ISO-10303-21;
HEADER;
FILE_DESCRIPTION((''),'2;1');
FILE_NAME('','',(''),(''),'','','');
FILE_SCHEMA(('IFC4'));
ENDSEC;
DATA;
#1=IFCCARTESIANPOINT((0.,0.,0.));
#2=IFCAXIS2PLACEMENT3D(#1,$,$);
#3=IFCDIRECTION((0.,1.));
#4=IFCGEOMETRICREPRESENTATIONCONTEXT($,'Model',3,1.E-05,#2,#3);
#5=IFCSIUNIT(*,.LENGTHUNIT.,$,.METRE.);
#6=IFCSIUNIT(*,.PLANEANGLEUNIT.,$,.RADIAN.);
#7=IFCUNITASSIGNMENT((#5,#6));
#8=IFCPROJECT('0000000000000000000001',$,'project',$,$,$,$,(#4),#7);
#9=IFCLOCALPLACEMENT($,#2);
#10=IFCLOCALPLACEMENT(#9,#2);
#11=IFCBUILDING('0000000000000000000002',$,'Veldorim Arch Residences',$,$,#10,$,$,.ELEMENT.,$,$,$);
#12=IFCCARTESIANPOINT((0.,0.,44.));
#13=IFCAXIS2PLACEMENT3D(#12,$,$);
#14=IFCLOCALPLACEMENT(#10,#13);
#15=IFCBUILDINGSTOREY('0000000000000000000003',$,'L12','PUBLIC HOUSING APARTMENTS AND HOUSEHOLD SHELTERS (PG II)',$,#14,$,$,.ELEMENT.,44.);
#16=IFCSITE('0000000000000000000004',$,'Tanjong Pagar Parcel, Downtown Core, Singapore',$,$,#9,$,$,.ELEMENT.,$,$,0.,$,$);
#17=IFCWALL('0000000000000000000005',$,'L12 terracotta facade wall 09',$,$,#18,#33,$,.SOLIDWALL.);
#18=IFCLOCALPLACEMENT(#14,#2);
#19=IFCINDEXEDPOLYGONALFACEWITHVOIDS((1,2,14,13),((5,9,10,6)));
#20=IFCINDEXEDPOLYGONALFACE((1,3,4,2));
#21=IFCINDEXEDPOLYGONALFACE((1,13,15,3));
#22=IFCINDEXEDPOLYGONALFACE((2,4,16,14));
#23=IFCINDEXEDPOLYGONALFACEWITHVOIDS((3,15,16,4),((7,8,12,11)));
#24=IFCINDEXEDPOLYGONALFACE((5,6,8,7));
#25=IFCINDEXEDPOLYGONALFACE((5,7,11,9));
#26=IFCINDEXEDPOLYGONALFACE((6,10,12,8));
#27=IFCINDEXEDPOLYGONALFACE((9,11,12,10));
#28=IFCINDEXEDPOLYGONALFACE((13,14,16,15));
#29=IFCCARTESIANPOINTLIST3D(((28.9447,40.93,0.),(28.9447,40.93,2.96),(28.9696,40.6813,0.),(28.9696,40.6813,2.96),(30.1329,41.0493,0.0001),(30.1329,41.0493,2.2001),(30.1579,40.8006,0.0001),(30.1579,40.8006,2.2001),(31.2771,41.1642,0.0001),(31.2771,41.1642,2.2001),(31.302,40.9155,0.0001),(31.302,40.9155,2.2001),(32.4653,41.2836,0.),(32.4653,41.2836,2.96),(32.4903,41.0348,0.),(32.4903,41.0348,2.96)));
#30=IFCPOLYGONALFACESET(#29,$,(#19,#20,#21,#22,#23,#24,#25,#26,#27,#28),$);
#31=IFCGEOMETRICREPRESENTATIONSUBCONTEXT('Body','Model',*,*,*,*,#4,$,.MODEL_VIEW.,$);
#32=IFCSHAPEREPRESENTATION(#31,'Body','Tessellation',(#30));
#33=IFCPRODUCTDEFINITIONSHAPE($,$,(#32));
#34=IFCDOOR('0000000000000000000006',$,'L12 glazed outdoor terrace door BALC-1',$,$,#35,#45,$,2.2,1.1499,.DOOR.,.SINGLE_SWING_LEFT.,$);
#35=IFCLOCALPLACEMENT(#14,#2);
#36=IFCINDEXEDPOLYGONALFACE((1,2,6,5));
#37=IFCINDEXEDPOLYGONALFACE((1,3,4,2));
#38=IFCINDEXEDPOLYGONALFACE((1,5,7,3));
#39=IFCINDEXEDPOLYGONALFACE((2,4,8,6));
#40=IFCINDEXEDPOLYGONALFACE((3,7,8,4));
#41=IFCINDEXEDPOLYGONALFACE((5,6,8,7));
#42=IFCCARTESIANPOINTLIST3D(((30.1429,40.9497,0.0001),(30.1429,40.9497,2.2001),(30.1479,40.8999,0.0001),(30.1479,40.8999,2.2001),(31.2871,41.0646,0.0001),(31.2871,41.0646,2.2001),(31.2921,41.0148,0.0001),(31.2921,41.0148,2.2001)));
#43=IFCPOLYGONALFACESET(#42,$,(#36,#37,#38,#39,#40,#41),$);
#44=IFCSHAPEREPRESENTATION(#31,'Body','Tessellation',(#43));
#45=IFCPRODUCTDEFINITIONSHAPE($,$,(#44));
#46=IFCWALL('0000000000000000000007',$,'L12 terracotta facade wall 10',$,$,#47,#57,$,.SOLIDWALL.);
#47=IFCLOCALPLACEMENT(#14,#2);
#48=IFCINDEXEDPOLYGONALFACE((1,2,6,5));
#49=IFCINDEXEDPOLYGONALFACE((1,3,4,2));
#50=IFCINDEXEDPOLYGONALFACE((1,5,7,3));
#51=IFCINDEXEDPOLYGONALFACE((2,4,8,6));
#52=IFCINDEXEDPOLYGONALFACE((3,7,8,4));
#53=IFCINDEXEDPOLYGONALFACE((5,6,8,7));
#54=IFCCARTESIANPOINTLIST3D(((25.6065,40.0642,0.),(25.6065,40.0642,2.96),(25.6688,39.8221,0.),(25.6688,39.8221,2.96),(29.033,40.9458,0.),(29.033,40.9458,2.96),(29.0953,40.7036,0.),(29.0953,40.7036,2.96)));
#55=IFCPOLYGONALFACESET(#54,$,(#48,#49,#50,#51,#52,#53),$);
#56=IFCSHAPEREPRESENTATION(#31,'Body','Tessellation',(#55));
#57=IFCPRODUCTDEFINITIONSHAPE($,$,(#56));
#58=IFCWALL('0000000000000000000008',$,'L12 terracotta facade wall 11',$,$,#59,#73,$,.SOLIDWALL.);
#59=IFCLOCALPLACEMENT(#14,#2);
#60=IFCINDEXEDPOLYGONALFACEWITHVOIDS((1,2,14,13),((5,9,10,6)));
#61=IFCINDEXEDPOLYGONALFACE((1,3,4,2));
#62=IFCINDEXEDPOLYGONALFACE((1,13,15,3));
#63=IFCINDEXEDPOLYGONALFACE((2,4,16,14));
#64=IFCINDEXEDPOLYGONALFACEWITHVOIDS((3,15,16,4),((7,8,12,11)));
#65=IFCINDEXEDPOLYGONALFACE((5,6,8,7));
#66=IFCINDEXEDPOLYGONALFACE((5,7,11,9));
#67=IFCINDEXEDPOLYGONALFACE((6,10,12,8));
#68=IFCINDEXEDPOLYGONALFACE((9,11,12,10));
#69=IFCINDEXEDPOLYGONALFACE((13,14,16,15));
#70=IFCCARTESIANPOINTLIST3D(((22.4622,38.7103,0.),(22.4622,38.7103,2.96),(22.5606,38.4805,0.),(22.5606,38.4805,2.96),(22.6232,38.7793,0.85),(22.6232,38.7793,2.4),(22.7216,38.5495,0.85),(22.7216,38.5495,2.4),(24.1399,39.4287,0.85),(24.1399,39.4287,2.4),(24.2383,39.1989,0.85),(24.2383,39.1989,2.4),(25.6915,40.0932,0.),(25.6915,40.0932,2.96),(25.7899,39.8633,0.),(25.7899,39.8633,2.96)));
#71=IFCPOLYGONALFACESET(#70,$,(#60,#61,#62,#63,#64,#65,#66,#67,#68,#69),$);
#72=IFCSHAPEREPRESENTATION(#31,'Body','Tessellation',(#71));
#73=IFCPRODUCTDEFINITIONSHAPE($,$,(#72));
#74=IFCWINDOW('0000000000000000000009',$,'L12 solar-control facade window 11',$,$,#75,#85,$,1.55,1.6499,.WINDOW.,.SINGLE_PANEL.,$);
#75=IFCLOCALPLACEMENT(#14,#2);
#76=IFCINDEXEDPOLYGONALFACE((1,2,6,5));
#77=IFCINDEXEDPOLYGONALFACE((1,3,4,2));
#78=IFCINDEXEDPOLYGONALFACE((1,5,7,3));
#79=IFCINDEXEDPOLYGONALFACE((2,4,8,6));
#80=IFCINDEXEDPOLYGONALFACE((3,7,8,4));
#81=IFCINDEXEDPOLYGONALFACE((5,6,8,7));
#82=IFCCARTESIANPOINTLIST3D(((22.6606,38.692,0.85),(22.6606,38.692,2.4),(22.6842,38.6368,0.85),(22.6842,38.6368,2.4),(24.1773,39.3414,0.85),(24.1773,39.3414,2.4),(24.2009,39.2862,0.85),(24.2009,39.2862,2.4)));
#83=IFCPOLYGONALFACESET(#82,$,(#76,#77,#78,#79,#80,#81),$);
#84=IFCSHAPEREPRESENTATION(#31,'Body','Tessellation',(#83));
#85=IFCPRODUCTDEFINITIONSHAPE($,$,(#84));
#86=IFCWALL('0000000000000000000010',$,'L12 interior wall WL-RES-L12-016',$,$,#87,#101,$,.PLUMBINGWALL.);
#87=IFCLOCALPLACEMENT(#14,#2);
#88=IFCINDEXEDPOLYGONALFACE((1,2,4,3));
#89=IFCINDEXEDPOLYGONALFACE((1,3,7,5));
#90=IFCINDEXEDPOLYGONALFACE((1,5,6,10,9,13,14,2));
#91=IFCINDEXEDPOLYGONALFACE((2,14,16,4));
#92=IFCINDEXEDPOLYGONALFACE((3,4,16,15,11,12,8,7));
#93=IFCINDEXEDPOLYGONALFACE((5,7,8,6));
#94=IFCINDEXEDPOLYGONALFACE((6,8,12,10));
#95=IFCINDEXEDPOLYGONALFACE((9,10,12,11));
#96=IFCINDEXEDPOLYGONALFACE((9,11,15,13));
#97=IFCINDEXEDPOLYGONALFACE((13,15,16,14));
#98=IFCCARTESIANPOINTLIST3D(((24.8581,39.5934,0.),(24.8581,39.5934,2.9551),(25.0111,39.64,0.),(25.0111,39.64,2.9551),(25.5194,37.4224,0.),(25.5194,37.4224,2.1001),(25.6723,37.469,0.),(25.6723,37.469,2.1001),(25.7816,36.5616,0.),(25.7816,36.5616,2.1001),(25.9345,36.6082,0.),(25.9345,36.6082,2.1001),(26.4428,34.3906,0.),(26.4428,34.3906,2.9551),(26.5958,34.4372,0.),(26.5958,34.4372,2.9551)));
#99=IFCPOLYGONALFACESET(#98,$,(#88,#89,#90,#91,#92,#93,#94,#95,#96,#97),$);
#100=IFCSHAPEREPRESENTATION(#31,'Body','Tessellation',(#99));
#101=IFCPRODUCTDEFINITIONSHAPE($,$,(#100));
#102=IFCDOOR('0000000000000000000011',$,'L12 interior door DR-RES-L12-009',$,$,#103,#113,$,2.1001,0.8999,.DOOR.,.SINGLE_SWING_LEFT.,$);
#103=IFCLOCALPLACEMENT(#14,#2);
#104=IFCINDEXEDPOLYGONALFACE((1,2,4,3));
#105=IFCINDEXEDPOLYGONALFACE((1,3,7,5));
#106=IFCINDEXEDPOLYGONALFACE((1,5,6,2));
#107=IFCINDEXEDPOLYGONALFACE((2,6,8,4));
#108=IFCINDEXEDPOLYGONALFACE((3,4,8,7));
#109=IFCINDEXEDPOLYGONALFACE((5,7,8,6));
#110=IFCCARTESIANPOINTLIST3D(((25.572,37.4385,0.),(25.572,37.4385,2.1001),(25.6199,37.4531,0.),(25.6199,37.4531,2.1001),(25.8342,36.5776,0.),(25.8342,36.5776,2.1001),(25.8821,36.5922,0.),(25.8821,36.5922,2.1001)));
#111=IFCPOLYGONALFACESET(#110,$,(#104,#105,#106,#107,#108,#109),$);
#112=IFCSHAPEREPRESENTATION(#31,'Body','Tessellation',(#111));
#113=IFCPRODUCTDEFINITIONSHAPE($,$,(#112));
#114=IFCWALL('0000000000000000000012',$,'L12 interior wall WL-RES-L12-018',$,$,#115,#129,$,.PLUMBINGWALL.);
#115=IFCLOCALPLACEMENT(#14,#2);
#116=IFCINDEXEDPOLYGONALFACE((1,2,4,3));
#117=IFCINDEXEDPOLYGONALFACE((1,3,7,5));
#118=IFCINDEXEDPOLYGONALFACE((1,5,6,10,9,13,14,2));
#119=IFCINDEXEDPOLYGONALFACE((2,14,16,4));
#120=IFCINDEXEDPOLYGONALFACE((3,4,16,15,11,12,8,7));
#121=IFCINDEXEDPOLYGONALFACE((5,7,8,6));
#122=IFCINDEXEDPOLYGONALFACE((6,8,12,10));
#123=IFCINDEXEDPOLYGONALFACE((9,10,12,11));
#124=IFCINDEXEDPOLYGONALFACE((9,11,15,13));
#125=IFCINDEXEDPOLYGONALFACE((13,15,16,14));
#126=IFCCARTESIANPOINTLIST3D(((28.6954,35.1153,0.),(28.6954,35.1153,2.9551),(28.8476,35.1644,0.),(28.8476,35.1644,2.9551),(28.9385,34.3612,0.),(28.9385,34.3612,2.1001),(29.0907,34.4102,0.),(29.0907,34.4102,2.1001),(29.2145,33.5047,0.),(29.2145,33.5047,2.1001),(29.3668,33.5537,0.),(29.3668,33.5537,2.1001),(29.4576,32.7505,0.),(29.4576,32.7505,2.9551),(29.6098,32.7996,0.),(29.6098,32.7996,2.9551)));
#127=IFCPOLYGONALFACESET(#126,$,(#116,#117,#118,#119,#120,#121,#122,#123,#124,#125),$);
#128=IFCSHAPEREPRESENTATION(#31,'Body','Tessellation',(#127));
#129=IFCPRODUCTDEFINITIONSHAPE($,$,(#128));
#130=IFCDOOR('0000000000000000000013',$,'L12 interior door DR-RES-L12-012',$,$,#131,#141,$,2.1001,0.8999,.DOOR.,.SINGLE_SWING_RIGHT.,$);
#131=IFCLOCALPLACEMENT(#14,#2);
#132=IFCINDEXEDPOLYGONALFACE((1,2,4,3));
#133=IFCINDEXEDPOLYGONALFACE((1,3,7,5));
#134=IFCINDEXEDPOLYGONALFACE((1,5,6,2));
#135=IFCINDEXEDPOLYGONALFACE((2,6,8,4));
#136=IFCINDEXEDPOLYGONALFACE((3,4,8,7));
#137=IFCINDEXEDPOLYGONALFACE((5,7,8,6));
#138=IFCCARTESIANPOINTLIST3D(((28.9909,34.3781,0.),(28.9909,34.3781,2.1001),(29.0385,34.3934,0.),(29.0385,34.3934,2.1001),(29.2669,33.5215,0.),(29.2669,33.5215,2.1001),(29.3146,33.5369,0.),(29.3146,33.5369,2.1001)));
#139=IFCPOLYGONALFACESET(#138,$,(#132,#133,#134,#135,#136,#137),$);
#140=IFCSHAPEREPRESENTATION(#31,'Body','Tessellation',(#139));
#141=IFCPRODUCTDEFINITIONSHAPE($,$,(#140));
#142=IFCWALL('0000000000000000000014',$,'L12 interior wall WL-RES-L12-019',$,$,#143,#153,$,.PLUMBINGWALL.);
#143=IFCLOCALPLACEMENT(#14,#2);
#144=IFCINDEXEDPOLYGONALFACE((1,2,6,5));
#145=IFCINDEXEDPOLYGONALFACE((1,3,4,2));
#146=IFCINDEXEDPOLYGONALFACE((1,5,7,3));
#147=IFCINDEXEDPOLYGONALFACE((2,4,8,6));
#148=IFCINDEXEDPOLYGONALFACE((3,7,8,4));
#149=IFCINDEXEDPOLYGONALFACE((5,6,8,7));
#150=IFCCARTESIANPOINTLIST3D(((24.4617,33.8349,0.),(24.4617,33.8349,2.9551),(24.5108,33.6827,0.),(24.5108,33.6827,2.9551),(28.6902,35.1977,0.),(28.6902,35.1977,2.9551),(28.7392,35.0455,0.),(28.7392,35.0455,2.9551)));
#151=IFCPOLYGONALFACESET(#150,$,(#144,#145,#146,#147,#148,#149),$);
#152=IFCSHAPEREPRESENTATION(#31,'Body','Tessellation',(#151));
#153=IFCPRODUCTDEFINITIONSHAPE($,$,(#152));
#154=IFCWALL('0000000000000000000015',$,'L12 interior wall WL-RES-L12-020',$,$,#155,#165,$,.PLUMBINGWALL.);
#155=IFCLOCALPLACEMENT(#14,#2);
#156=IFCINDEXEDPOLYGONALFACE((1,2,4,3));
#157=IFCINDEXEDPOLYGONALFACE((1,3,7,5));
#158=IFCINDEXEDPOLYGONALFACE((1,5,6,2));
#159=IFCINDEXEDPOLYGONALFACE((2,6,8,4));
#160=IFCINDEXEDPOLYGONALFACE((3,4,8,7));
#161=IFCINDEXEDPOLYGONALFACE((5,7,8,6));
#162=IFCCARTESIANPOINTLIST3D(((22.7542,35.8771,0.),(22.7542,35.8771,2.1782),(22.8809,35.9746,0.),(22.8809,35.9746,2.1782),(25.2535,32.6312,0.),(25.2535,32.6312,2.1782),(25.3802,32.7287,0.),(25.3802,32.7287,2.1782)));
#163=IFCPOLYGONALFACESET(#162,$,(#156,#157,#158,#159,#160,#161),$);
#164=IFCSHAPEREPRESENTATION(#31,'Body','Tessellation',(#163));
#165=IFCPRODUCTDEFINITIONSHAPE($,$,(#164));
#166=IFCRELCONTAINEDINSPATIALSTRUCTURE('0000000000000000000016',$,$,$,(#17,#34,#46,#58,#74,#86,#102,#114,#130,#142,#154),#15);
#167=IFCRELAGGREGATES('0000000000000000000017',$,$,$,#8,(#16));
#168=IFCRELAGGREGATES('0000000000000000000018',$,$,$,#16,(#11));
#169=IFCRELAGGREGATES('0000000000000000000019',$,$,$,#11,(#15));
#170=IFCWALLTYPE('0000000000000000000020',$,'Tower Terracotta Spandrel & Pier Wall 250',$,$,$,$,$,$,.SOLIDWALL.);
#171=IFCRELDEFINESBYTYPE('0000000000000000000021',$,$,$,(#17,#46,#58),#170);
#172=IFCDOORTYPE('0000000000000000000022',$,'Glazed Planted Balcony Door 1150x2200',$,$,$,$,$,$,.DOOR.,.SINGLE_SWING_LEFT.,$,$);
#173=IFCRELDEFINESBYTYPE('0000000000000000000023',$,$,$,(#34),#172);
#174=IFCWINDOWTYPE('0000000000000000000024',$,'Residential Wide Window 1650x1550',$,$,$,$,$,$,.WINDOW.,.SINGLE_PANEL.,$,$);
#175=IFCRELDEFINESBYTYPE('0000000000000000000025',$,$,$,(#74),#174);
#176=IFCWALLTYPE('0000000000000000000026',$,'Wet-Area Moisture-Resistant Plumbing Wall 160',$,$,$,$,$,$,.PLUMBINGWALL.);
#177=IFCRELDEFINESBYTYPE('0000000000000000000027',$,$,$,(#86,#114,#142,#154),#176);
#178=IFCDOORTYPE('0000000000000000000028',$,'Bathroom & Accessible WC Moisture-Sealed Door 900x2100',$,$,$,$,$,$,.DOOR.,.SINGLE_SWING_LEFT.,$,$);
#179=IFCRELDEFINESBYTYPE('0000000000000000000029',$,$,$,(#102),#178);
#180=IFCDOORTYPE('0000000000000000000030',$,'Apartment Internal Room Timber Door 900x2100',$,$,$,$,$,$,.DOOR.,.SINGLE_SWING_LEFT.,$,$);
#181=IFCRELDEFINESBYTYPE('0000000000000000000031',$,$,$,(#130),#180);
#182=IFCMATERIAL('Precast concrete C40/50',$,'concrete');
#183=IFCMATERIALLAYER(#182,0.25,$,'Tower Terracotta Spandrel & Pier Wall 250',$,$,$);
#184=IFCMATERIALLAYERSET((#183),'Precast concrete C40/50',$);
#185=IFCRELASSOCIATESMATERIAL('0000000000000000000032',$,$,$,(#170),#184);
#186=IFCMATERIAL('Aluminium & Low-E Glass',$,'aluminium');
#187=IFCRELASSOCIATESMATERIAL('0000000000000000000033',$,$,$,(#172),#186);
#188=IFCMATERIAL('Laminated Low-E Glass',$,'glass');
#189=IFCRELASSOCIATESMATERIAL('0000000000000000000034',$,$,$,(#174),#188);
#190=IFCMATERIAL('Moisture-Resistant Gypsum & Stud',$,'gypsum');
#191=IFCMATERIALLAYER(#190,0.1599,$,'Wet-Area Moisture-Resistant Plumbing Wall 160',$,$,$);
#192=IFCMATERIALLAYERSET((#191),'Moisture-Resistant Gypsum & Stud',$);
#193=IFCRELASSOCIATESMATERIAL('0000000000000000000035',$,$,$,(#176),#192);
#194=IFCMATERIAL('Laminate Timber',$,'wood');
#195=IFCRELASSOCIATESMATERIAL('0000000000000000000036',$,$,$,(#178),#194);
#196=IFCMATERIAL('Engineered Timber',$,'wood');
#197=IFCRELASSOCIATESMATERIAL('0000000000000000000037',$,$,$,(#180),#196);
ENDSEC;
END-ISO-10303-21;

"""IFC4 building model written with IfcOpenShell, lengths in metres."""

from ifc_helpers import new_model, si_unit, direction, frame, frame_2d, origin, place, context, subcontext, project, spatial, rectangle, extrude, material, layer, layer_set, type_object, element, fill, save


model = new_model("IFC4")

# Units and contexts
model_context = context("Model", 3, precision=1e-05, world=origin(), true_north=direction((0.0, 1.0)))
body_context = subcontext(model_context, "Body", "Model", "MODEL_VIEW")
ifc_project = project(units=[si_unit("LENGTHUNIT", "METRE"), si_unit("PLANEANGLEUNIT", "RADIAN")], contexts=[model_context])

# Site, building, storey
site_placement = place(None, origin())
site = spatial("IfcSite", under=ifc_project, at=site_placement, Name="Tanjong Pagar Parcel, Downtown Core, Singapore", CompositionType="ELEMENT", RefElevation=0.0)
building_placement = place(site_placement, origin())
building = spatial("IfcBuilding", under=site, at=building_placement, Name="Veldorim Arch Residences", CompositionType="ELEMENT")
storey_placement = place(building_placement, frame((0.0, 0.0, 44.0)))
storey = spatial("IfcBuildingStorey", under=building, at=storey_placement, Name="L12", Description="PUBLIC HOUSING APARTMENTS AND HOUSEHOLD SHELTERS (PG II)", CompositionType="ELEMENT", Elevation=44.0)

# Wall, opening, door
ifc_material_1 = material(Name="Precast concrete C40/50", Category="concrete")
ifc_layer_1 = layer(ifc_material_1, 0.25, Name="Tower Terracotta Spandrel & Pier Wall 250")
ifc_layer_set_1 = layer_set([ifc_layer_1], Name="Precast concrete C40/50")
wall_type_1 = type_object("IfcWallType", Name="Tower Terracotta Spandrel & Pier Wall 250", PredefinedType="SOLIDWALL", material=ifc_layer_set_1)
wall_1_placement = place(storey_placement, frame((28.9573, 40.8057, 0.0), z_axis=(0.0, 0.0, 1.0), x_axis=(0.994996, 0.099914, 0.0)))
wall_1 = element("IfcWall", 1, at=wall_1_placement, inside=storey, type_object=wall_type_1, Name="L12 terracotta facade wall 09", PredefinedType="SOLIDWALL", context=body_context, shape_type="SweptSolid", body=[
    extrude(rectangle(XDim=3.5383, YDim=0.25, at=frame_2d((1.769, 0.0))), origin(), (0.0, 0.0, 1.0), 2.96),
])
opening_1_placement = place(wall_1_placement, frame((1.1941, 0.0, 0.0)))
opening_1 = element("IfcOpeningElement", 2, at=opening_1_placement, cuts=wall_1, PredefinedType="OPENING", context=body_context, shape_type="SweptSolid", body=[
    extrude(rectangle(XDim=1.1499, YDim=2.2, at=frame_2d((0.575, 1.1001))), frame((0.0, 0.135, 0.0), z_axis=(0.0, -1.0, 0.0), x_axis=(1.0, 0.0, 0.0)), (0.0, 0.0, 1.0), 0.27),
])
ifc_material_2 = material(Name="Aluminium & Low-E Glass", Category="aluminium")
door_type_1 = type_object("IfcDoorType", Name="Glazed Planted Balcony Door 1150x2200", OperationType="SINGLE_SWING_LEFT", PredefinedType="DOOR", material=ifc_material_2)
door_1_placement = place(opening_1_placement, origin())
door_1 = element("IfcDoor", 3, at=door_1_placement, inside=storey, type_object=door_type_1, Name="L12 glazed outdoor terrace door BALC-1", OperationType="SINGLE_SWING_LEFT", OverallHeight=2.2, OverallWidth=1.1499, PredefinedType="DOOR", context=body_context, shape_type="SweptSolid", body=[
    extrude(rectangle(XDim=1.1499, YDim=2.2, at=frame_2d((0.575, 1.1001))), frame((0.0, 0.0249, 0.0), z_axis=(0.0, -1.0, 0.0), x_axis=(1.0, 0.0, 0.0)), (0.0, 0.0, 1.0), 0.05),
])
fill(opening_1, door_1)

# Wall
wall_2_placement = place(storey_placement, frame((25.6377, 39.9431, 0.0), z_axis=(0.0, 0.0, 1.0), x_axis=(0.96846, 0.24917, 0.0)))
element("IfcWall", 4, at=wall_2_placement, inside=storey, type_object=wall_type_1, Name="L12 terracotta facade wall 10", PredefinedType="SOLIDWALL", context=body_context, shape_type="SweptSolid", body=[
    extrude(rectangle(XDim=3.5381, YDim=0.25, at=frame_2d((1.769, 0.0))), origin(), (0.0, 0.0, 1.0), 2.96),
])

# Wall, opening, window
wall_3_placement = place(storey_placement, frame((22.5115, 38.5955, 0.0), z_axis=(0.0, 0.0, 1.0), x_axis=(0.919264, 0.393642, 0.0)))
wall_3 = element("IfcWall", 5, at=wall_3_placement, inside=storey, type_object=wall_type_1, Name="L12 terracotta facade wall 11", PredefinedType="SOLIDWALL", context=body_context, shape_type="SweptSolid", body=[
    extrude(rectangle(XDim=3.5129, YDim=0.25, at=frame_2d((1.7563, 0.0))), origin(), (0.0, 0.0, 1.0), 2.96),
])
opening_2_placement = place(wall_3_placement, frame((0.175, 0.0, 0.8501)))
opening_2 = element("IfcOpeningElement", 6, at=opening_2_placement, cuts=wall_3, PredefinedType="OPENING", context=body_context, shape_type="SweptSolid", body=[
    extrude(rectangle(XDim=1.6499, YDim=1.55, at=frame_2d((0.825, 0.7749))), frame((0.0, 0.135, 0.0), z_axis=(0.0, -1.0, 0.0), x_axis=(1.0, 0.0, 0.0)), (0.0, 0.0, 1.0), 0.27),
])
ifc_material_3 = material(Name="Laminated Low-E Glass", Category="glass")
window_type = type_object("IfcWindowType", Name="Residential Wide Window 1650x1550", PartitioningType="SINGLE_PANEL", PredefinedType="WINDOW", material=ifc_material_3)
window_placement = place(opening_2_placement, origin())
window = element("IfcWindow", 7, at=window_placement, inside=storey, type_object=window_type, Name="L12 solar-control facade window 11", OverallHeight=1.55, OverallWidth=1.6499, PartitioningType="SINGLE_PANEL", PredefinedType="WINDOW", context=body_context, shape_type="SweptSolid", body=[
    extrude(rectangle(XDim=1.6499, YDim=1.55, at=frame_2d((0.825, 0.7749))), frame((0.0, 0.03, 0.0), z_axis=(0.0, -1.0, 0.0), x_axis=(1.0, 0.0, 0.0)), (0.0, 0.0, 1.0), 0.0601),
])
fill(opening_2, window)

# Walls, openings, doors
ifc_material_4 = material(Name="Moisture-Resistant Gypsum & Stud", Category="gypsum")
ifc_layer_2 = layer(ifc_material_4, 0.1599, Name="Wet-Area Moisture-Resistant Plumbing Wall 160")
ifc_layer_set_2 = layer_set([ifc_layer_2], Name="Moisture-Resistant Gypsum & Stud")
wall_type_2 = type_object("IfcWallType", Name="Wet-Area Moisture-Resistant Plumbing Wall 160", PredefinedType="PLUMBINGWALL", material=ifc_layer_set_2)
wall_4_placement = place(storey_placement, frame((26.5193, 34.4141, 0.0), z_axis=(0.0, 0.0, 1.0), x_axis=(-0.291381, 0.956607, 0.0)))
wall_4 = element("IfcWall", 8, at=wall_4_placement, inside=storey, type_object=wall_type_2, Name="L12 interior wall WL-RES-L12-016", PredefinedType="PLUMBINGWALL", context=body_context, shape_type="SweptSolid", body=[
    extrude(rectangle(XDim=5.4387, YDim=0.1599, at=frame_2d((2.7192, 0.0))), origin(), (0.0, 0.0, 1.0), 2.9551),
])
opening_3_placement = place(wall_4_placement, frame((2.2693, 0.0, 0.0)))
opening_3 = element("IfcOpeningElement", 9, at=opening_3_placement, cuts=wall_4, PredefinedType="OPENING", context=body_context, shape_type="SweptSolid", body=[
    extrude(rectangle(XDim=0.8999, YDim=2.1001, at=frame_2d((0.45, 1.05))), frame((0.0, 0.0898, 0.0), z_axis=(0.0, -1.0, 0.0), x_axis=(1.0, 0.0, 0.0)), (0.0, 0.0, 1.0), 0.1799),
])
ifc_material_5 = material(Name="Laminate Timber", Category="wood")
door_type_2 = type_object("IfcDoorType", Name="Bathroom & Accessible WC Moisture-Sealed Door 900x2100", OperationType="SINGLE_SWING_LEFT", PredefinedType="DOOR", material=ifc_material_5)
door_2_placement = place(opening_3_placement, origin())
door_2 = element("IfcDoor", 10, at=door_2_placement, inside=storey, type_object=door_type_2, Name="L12 interior door DR-RES-L12-009", OperationType="SINGLE_SWING_LEFT", OverallHeight=2.1001, OverallWidth=0.8999, PredefinedType="DOOR", context=body_context, shape_type="SweptSolid", body=[
    extrude(rectangle(XDim=0.8999, YDim=2.1001, at=frame_2d((0.45, 1.05))), frame((0.0, 0.0249, 0.0), z_axis=(0.0, -1.0, 0.0), x_axis=(1.0, 0.0, 0.0)), (0.0, 0.0, 1.0), 0.05),
])
fill(opening_3, door_2)
wall_5_placement = place(storey_placement, frame((29.5337, 32.7751, 0.0), z_axis=(0.0, 0.0, 1.0), x_axis=(-0.306779, 0.951781, 0.0)))
wall_5 = element("IfcWall", 11, at=wall_5_placement, inside=storey, type_object=wall_type_2, Name="L12 interior wall WL-RES-L12-018", PredefinedType="PLUMBINGWALL", context=body_context, shape_type="SweptSolid", body=[
    extrude(rectangle(XDim=2.4846, YDim=0.1599, at=frame_2d((1.2422, 0.0))), origin(), (0.0, 0.0, 1.0), 2.9551),
])
opening_4_placement = place(wall_5_placement, frame((0.7922, 0.0, 0.0)))
opening_4 = element("IfcOpeningElement", 12, at=opening_4_placement, cuts=wall_5, PredefinedType="OPENING", context=body_context, shape_type="SweptSolid", body=[
    extrude(rectangle(XDim=0.8999, YDim=2.1001, at=frame_2d((0.45, 1.05))), frame((0.0, 0.0898, 0.0), z_axis=(0.0, -1.0, 0.0), x_axis=(1.0, 0.0, 0.0)), (0.0, 0.0, 1.0), 0.1799),
])
ifc_material_6 = material(Name="Engineered Timber", Category="wood")
door_type_3 = type_object("IfcDoorType", Name="Apartment Internal Room Timber Door 900x2100", OperationType="SINGLE_SWING_LEFT", PredefinedType="DOOR", material=ifc_material_6)
door_3_placement = place(opening_4_placement, origin())
door_3 = element("IfcDoor", 13, at=door_3_placement, inside=storey, type_object=door_type_3, Name="L12 interior door DR-RES-L12-012", OperationType="SINGLE_SWING_RIGHT", OverallHeight=2.1001, OverallWidth=0.8999, PredefinedType="DOOR", context=body_context, shape_type="SweptSolid", body=[
    extrude(rectangle(XDim=0.8999, YDim=2.1001, at=frame_2d((0.45, 1.05))), frame((0.0, 0.0249, 0.0), z_axis=(0.0, -1.0, 0.0), x_axis=(1.0, 0.0, 0.0)), (0.0, 0.0, 1.0), 0.05),
])
fill(opening_4, door_3)

# Walls
wall_6_placement = place(storey_placement, frame((28.7146, 35.1216, 0.0), z_axis=(0.0, 0.0, 1.0), x_axis=(-0.95179, -0.306749, 0.0)))
element("IfcWall", 14, at=wall_6_placement, inside=storey, type_object=wall_type_2, Name="L12 interior wall WL-RES-L12-019", PredefinedType="PLUMBINGWALL", context=body_context, shape_type="SweptSolid", body=[
    extrude(rectangle(XDim=4.4426, YDim=0.1599, at=frame_2d((2.2212, 0.0))), origin(), (0.0, 0.0, 1.0), 2.9551),
])
wall_7_placement = place(storey_placement, frame((25.3169, 32.6799, 0.0), z_axis=(0.0, 0.0, 1.0), x_axis=(-0.610088, 0.792334, 0.0)))
element("IfcWall", 15, at=wall_7_placement, inside=storey, type_object=wall_type_2, Name="L12 interior wall WL-RES-L12-020", PredefinedType="PLUMBINGWALL", context=body_context, shape_type="SweptSolid", body=[
    extrude(rectangle(XDim=4.0967, YDim=0.1599, at=frame_2d((2.0483, 0.0))), origin(), (0.0, 0.0, 1.0), 2.1782),
])

save(model, "model.ifc")
